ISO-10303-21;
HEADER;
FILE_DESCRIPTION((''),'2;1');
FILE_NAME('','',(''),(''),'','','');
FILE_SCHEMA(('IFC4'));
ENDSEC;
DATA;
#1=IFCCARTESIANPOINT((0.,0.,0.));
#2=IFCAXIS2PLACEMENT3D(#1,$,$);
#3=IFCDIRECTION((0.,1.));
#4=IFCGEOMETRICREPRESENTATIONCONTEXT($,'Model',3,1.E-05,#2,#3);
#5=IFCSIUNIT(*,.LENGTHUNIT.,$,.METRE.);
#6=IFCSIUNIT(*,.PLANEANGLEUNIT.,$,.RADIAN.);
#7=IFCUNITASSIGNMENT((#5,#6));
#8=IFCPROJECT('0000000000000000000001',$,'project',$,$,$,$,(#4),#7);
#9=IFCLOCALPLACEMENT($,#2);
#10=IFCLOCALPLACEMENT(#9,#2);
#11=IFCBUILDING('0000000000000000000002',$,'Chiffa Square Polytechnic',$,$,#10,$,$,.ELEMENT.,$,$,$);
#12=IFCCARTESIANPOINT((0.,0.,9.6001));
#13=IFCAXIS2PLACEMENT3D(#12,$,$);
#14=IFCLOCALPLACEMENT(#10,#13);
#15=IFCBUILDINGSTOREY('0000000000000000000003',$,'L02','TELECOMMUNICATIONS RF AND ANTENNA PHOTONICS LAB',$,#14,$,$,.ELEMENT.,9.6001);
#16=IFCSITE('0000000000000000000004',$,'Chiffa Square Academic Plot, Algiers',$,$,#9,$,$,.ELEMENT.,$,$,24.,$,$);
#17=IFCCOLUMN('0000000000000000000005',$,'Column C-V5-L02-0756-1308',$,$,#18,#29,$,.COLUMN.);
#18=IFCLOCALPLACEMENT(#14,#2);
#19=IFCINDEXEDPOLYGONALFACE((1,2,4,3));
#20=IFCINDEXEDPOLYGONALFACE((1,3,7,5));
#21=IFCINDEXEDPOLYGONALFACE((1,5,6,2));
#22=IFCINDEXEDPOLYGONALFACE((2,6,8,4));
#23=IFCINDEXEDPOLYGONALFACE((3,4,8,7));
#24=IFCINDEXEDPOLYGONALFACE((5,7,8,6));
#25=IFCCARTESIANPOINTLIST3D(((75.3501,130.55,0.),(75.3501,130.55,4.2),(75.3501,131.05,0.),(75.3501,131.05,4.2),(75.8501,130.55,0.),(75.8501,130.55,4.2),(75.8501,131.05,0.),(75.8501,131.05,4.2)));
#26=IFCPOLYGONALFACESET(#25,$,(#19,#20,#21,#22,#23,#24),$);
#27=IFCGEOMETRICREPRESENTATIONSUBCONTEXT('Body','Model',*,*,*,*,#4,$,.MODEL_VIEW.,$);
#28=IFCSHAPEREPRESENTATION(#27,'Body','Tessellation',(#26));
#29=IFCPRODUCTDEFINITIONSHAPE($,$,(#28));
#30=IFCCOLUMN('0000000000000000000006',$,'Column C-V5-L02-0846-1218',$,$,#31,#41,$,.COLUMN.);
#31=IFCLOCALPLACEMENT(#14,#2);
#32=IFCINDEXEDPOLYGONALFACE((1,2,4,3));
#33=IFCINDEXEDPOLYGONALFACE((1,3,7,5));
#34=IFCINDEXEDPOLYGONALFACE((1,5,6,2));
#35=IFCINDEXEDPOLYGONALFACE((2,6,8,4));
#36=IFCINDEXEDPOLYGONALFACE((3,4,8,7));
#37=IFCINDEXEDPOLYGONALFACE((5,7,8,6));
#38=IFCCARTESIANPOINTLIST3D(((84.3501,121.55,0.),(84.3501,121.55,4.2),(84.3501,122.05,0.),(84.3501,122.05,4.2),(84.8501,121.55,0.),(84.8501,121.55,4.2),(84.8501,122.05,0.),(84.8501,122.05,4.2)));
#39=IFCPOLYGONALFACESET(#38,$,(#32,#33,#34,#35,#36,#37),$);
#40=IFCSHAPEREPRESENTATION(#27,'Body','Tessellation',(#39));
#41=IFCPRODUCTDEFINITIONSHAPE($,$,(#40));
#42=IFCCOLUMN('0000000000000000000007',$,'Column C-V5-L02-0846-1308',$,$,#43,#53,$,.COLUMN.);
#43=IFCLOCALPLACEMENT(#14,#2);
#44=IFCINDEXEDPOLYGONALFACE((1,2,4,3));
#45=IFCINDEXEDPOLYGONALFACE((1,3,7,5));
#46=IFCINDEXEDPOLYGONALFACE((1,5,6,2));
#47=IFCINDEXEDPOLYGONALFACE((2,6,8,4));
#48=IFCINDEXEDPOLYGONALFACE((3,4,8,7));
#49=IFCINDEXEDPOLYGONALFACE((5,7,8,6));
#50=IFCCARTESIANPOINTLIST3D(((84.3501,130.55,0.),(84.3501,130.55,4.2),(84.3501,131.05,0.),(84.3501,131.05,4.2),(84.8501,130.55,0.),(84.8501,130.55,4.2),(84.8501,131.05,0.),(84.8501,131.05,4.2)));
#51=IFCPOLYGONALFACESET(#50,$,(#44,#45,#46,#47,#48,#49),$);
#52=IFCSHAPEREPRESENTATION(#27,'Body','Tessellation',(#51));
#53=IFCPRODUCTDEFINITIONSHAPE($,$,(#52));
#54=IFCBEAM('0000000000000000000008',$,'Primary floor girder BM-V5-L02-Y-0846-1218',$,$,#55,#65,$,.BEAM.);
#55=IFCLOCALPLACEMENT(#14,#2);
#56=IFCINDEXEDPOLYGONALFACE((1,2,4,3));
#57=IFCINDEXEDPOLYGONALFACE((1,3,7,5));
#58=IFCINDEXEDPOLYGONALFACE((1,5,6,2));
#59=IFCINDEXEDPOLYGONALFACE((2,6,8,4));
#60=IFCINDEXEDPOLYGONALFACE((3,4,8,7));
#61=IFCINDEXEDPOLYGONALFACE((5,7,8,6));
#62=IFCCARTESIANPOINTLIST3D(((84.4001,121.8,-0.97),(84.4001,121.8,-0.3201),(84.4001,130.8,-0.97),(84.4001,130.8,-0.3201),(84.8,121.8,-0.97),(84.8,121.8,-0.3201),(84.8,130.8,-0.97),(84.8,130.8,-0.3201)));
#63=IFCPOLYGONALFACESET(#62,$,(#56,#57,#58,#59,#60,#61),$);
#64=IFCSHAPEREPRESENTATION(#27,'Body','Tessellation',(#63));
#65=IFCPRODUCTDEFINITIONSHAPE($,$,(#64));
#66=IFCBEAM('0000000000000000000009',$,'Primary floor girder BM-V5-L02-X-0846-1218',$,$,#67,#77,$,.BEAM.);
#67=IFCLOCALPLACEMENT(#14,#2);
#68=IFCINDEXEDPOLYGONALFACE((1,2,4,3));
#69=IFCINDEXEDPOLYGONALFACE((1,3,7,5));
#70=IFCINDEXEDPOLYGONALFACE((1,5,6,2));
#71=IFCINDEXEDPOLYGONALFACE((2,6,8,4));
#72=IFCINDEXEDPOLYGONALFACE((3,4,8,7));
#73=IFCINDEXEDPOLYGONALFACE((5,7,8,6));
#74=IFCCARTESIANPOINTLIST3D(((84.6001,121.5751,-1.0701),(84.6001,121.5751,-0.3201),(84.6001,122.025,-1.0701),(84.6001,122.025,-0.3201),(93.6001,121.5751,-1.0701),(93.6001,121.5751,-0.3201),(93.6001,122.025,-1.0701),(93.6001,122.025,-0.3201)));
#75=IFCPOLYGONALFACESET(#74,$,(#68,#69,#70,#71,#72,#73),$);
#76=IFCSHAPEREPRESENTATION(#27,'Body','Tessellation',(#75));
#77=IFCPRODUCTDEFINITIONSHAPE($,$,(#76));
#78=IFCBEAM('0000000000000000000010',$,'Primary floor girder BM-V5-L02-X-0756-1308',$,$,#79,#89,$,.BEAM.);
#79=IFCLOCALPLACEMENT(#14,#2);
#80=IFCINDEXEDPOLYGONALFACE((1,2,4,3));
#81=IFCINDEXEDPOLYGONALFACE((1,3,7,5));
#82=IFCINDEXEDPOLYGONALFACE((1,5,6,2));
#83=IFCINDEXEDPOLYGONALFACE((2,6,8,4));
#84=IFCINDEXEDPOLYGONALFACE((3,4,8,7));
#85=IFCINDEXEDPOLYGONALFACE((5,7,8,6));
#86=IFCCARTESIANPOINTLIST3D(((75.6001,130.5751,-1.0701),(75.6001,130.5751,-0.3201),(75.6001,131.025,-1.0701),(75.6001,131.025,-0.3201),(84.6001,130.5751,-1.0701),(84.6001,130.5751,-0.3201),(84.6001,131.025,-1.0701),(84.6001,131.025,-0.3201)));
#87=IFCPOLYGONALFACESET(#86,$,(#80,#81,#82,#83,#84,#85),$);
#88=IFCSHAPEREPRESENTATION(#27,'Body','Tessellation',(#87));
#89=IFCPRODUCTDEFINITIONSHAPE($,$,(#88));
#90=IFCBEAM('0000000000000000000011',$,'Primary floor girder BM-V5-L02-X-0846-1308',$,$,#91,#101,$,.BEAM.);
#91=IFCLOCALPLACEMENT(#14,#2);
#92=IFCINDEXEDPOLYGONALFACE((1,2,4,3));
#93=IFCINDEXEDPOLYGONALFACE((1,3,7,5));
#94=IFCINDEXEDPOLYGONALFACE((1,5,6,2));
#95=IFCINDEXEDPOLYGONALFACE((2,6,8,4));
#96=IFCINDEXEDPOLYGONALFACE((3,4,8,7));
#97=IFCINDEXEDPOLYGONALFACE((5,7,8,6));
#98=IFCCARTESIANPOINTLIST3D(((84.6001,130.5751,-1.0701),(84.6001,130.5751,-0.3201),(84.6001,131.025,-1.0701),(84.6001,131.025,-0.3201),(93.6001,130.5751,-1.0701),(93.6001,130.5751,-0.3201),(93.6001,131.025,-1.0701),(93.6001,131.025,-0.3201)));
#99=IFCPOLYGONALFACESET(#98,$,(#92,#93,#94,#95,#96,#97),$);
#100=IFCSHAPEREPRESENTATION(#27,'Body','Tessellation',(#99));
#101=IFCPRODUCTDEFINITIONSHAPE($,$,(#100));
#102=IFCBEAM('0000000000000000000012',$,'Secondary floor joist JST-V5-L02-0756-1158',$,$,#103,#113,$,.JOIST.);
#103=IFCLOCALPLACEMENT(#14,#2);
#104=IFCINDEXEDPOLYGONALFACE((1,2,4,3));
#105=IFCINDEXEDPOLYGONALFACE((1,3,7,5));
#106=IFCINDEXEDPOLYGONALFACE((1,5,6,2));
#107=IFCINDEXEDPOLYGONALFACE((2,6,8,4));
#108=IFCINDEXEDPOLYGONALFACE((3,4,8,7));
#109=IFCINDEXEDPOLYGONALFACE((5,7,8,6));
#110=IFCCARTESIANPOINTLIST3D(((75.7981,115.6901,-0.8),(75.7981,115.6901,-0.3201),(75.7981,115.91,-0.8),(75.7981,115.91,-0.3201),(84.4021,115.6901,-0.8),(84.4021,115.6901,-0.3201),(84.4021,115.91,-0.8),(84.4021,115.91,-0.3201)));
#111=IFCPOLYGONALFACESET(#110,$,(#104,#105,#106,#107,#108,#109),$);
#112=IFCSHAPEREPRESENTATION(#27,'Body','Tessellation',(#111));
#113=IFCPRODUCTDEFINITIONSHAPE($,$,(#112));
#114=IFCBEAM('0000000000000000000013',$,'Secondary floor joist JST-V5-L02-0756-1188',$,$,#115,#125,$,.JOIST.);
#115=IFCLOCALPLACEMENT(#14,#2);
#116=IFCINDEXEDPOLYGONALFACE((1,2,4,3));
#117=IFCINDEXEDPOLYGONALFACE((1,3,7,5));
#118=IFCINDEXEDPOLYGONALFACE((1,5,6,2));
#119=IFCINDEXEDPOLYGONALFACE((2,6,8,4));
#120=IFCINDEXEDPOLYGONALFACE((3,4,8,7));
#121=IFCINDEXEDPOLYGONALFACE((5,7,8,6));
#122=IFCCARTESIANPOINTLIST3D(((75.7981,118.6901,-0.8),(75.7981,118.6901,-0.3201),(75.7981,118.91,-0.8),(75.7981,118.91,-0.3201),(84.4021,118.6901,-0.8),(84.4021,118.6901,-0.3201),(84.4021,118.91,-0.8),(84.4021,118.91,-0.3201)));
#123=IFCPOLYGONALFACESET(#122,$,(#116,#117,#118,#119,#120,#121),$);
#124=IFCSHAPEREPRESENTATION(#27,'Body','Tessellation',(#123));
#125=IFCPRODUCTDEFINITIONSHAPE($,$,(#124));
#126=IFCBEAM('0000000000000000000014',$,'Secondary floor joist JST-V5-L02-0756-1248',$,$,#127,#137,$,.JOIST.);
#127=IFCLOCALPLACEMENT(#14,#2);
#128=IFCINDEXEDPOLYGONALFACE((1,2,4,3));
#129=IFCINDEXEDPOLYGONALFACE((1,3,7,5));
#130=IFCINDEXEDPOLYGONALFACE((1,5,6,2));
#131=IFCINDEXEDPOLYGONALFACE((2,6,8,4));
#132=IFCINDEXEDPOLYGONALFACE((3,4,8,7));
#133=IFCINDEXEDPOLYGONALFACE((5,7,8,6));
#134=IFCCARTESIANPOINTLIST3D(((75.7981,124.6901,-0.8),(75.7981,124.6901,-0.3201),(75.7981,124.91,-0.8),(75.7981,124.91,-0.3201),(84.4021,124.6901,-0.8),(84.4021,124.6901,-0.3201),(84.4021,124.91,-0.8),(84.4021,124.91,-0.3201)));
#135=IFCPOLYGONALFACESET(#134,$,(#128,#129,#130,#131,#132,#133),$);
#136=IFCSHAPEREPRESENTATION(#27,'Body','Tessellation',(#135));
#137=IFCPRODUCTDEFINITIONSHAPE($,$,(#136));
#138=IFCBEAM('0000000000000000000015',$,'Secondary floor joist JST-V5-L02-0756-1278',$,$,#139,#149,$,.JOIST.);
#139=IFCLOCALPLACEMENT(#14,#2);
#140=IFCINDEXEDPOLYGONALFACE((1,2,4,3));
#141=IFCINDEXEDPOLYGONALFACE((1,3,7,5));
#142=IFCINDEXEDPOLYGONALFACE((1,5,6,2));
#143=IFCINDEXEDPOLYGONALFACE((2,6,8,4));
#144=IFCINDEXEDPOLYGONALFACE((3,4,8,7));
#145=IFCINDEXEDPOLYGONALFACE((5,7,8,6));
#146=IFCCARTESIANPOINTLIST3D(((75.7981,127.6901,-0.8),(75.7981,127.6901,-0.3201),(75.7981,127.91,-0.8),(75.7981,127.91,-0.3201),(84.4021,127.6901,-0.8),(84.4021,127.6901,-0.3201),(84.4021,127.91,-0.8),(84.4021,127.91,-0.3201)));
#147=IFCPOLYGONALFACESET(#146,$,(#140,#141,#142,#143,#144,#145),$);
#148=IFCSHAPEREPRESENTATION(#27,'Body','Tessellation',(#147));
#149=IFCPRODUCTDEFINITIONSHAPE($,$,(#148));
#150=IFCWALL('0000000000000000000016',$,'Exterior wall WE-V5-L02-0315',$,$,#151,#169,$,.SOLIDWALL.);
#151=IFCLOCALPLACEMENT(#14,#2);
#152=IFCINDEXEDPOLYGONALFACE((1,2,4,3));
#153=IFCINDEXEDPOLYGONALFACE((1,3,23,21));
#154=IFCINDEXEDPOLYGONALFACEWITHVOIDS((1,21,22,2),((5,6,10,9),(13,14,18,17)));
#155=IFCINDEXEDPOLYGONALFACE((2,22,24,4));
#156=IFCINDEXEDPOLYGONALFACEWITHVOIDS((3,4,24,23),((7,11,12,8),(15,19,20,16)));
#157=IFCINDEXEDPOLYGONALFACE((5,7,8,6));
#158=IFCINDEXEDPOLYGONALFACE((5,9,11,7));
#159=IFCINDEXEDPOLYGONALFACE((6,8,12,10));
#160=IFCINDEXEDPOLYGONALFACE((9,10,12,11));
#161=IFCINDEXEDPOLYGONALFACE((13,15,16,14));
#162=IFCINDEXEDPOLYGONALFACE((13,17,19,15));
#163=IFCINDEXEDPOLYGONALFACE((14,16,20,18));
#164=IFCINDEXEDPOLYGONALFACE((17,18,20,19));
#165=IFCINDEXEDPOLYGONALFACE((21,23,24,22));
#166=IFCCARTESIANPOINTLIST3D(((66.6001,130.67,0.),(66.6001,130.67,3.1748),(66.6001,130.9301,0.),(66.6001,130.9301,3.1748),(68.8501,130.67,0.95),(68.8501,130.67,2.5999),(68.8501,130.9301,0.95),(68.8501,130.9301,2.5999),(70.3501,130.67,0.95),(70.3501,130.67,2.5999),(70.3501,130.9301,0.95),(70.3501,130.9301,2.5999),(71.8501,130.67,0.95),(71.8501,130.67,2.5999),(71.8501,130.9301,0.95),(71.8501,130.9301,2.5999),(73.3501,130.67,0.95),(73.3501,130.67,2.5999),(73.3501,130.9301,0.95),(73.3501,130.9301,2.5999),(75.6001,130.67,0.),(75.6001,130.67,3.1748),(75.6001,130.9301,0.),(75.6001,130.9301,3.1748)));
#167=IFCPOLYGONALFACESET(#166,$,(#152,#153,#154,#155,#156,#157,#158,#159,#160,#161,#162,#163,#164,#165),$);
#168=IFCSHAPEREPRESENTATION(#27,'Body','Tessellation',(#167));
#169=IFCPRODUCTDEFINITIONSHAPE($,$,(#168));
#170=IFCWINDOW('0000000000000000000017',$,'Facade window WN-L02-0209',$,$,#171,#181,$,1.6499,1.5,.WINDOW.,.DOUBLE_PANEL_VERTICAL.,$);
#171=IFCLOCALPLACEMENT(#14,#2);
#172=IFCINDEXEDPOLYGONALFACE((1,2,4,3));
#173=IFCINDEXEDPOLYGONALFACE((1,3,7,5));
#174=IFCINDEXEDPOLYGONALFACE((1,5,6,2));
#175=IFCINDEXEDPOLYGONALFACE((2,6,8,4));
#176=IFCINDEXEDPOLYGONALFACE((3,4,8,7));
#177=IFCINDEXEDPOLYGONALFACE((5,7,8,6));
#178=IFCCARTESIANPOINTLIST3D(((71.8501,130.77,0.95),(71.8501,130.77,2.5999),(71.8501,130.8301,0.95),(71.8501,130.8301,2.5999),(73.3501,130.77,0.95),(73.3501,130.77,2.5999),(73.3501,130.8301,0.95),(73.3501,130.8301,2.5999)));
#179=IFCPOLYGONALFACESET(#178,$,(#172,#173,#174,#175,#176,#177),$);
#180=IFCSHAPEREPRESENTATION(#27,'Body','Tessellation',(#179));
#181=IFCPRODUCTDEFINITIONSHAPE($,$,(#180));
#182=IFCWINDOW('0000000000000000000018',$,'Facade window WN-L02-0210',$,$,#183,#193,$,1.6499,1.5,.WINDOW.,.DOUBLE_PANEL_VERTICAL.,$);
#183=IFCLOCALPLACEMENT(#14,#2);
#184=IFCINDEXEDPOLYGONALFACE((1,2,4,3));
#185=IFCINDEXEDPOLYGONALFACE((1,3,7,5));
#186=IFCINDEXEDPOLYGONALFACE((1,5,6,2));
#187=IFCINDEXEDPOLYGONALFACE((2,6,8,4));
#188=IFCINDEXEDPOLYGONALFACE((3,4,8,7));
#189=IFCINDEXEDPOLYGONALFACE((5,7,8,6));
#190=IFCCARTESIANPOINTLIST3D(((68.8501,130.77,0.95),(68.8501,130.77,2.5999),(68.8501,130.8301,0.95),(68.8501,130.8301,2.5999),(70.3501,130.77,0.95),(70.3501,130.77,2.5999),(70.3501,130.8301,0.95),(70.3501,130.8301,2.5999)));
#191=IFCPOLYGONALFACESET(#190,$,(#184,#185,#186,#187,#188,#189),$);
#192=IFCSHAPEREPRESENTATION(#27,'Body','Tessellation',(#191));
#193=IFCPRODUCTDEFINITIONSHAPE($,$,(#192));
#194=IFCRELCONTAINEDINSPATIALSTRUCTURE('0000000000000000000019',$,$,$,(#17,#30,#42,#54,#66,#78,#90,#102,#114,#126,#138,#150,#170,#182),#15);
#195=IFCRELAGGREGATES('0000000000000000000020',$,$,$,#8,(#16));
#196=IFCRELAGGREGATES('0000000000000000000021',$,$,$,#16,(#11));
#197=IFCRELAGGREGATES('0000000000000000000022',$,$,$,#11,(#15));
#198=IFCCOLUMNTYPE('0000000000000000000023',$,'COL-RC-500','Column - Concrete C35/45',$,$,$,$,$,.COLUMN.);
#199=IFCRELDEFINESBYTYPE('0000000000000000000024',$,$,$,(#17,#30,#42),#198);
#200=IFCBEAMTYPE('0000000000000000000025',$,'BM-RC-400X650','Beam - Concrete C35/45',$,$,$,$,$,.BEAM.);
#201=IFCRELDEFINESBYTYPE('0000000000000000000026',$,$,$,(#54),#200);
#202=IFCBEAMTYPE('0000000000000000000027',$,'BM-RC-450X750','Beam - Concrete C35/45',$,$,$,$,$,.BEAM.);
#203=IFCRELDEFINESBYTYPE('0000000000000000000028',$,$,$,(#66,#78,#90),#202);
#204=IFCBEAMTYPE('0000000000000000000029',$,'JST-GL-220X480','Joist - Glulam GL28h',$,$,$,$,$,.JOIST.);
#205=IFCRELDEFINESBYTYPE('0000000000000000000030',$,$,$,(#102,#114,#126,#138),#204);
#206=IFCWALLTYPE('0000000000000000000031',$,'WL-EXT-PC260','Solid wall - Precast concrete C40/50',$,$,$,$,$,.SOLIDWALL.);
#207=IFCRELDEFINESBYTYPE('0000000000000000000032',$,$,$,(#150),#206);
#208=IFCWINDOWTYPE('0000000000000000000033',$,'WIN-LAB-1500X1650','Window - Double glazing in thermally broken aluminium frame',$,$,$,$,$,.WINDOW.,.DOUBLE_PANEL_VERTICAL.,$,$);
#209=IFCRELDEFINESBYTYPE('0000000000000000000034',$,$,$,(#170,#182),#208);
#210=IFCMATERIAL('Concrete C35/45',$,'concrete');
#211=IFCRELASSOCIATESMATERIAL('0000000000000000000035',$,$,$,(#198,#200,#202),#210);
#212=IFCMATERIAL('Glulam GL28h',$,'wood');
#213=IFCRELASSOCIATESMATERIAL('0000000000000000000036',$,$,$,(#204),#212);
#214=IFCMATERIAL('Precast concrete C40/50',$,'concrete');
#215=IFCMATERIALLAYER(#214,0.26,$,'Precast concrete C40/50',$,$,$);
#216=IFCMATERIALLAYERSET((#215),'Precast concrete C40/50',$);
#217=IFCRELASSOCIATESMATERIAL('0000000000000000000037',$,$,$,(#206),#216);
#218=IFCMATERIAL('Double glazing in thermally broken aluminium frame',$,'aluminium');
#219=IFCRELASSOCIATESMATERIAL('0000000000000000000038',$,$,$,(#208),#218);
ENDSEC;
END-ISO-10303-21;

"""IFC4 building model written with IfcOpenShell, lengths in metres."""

from ifc_helpers import new_model, si_unit, direction, frame, frame_2d, origin, origin_2d, place, context, subcontext, project, spatial, rectangle, extrude, material, layer, layer_set, material_profile, profile_set, type_object, element, fill, save


model = new_model("IFC4")

# Units and contexts
model_context = context("Model", 3, precision=1e-05, world=origin(), true_north=direction((0.0, 1.0)))
body_context = subcontext(model_context, "Body", "Model", "MODEL_VIEW")
ifc_project = project(units=[si_unit("LENGTHUNIT", "METRE"), si_unit("PLANEANGLEUNIT", "RADIAN")], contexts=[model_context])

# Site, building, storey
site_placement = place(None, origin())
site = spatial("IfcSite", under=ifc_project, at=site_placement, Name="Chiffa Square Academic Plot, Algiers", CompositionType="ELEMENT", RefElevation=24.0)
building_placement = place(site_placement, origin())
building = spatial("IfcBuilding", under=site, at=building_placement, Name="Chiffa Square Polytechnic", CompositionType="ELEMENT")
storey_placement = place(building_placement, frame((0.0, 0.0, 9.6001)))
storey = spatial("IfcBuildingStorey", under=building, at=storey_placement, Name="L02", Description="TELECOMMUNICATIONS RF AND ANTENNA PHOTONICS LAB", CompositionType="ELEMENT", Elevation=9.6001)

# Columns
ifc_material_1 = material(Name="Concrete C35/45", Category="concrete")
ifc_material_profile_1 = material_profile(ifc_material_1, rectangle(XDim=0.5, YDim=0.5, at=origin_2d()), Name="RC 500x500")
ifc_profile_set_1 = profile_set([ifc_material_profile_1], Name="Concrete C35/45")
column_type = type_object("IfcColumnType", Name="COL-RC-500", Description="Column - Concrete C35/45", PredefinedType="COLUMN", material=ifc_profile_set_1)
for number, where, z_axis, x_axis, name in (
    (1, (75.6001, 130.8, 0.0), (0.0, 0.0, 1.0), (1.0, 0.0, 0.0), "Column C-V5-L02-0756-1308"),
    (2, (84.6001, 121.8, 0.0), (0.0, 0.0, 1.0), (1.0, 0.0, 0.0), "Column C-V5-L02-0846-1218"),
    (3, (84.6001, 130.8, 0.0), (0.0, 0.0, 1.0), (1.0, 0.0, 0.0), "Column C-V5-L02-0846-1308"),
):
    element("IfcColumn", number, at=place(storey_placement, frame(where, z_axis=z_axis, x_axis=x_axis)), inside=storey, type_object=column_type, Name=name, PredefinedType="COLUMN", context=body_context, shape_type="SweptSolid", body=[
        extrude(rectangle(XDim=0.5, YDim=0.5, at=origin_2d()), origin(), (0.0, 0.0, 1.0), 4.2),
    ])

# Beams
ifc_material_profile_2 = material_profile(ifc_material_1, rectangle(XDim=0.3999, YDim=0.6499, at=origin_2d()), Name="RC 400x650")
ifc_profile_set_2 = profile_set([ifc_material_profile_2], Name="Concrete C35/45")
beam_type_1 = type_object("IfcBeamType", Name="BM-RC-400X650", Description="Beam - Concrete C35/45", PredefinedType="BEAM", material=ifc_profile_set_2)
beam_placement = place(storey_placement, frame((84.6001, 121.8, -0.645), z_axis=(0.0, 1.0, 0.0), x_axis=(-1.0, 0.0, 0.0)))
element("IfcBeam", 4, at=beam_placement, inside=storey, type_object=beam_type_1, Name="Primary floor girder BM-V5-L02-Y-0846-1218", PredefinedType="BEAM", context=body_context, shape_type="SweptSolid", body=[
    extrude(rectangle(XDim=0.3999, YDim=0.6499, at=origin_2d()), origin(), (0.0, 0.0, 1.0), 9.0),
])
ifc_material_profile_3 = material_profile(ifc_material_1, rectangle(XDim=0.45, YDim=0.75, at=origin_2d()), Name="RC 450x750")
ifc_profile_set_3 = profile_set([ifc_material_profile_3], Name="Concrete C35/45")
beam_type_2 = type_object("IfcBeamType", Name="BM-RC-450X750", Description="Beam - Concrete C35/45", PredefinedType="BEAM", material=ifc_profile_set_3)
for number, where, z_axis, x_axis, name in (
    (5, (84.6001, 121.8, -0.6951), (1.0, 0.0, 0.0), (0.0, 1.0, 0.0), "Primary floor girder BM-V5-L02-X-0846-1218"),
    (6, (75.6001, 130.8, -0.6951), (1.0, 0.0, 0.0), (0.0, 1.0, 0.0), "Primary floor girder BM-V5-L02-X-0756-1308"),
    (7, (84.6001, 130.8, -0.6951), (1.0, 0.0, 0.0), (0.0, 1.0, 0.0), "Primary floor girder BM-V5-L02-X-0846-1308"),
):
    element("IfcBeam", number, at=place(storey_placement, frame(where, z_axis=z_axis, x_axis=x_axis)), inside=storey, type_object=beam_type_2, Name=name, PredefinedType="BEAM", context=body_context, shape_type="SweptSolid", body=[
        extrude(rectangle(XDim=0.45, YDim=0.75, at=origin_2d()), origin(), (0.0, 0.0, 1.0), 9.0),
    ])
ifc_material_2 = material(Name="Glulam GL28h", Category="wood")
ifc_material_profile_4 = material_profile(ifc_material_2, rectangle(XDim=0.22, YDim=0.48, at=origin_2d()), Name="GL28h 220x480")
ifc_profile_set_4 = profile_set([ifc_material_profile_4], Name="Glulam GL28h")
beam_type_3 = type_object("IfcBeamType", Name="JST-GL-220X480", Description="Joist - Glulam GL28h", PredefinedType="JOIST", material=ifc_profile_set_4)
for number, where, z_axis, x_axis, name in (
    (8, (75.7981, 115.8, -0.5601), (1.0, 0.0, 0.0), (0.0, 1.0, 0.0), "Secondary floor joist JST-V5-L02-0756-1158"),
    (9, (75.7981, 118.8, -0.5601), (1.0, 0.0, 0.0), (0.0, 1.0, 0.0), "Secondary floor joist JST-V5-L02-0756-1188"),
    (10, (75.7981, 124.8, -0.5601), (1.0, 0.0, 0.0), (0.0, 1.0, 0.0), "Secondary floor joist JST-V5-L02-0756-1248"),
    (11, (75.7981, 127.8, -0.5601), (1.0, 0.0, 0.0), (0.0, 1.0, 0.0), "Secondary floor joist JST-V5-L02-0756-1278"),
):
    element("IfcBeam", number, at=place(storey_placement, frame(where, z_axis=z_axis, x_axis=x_axis)), inside=storey, type_object=beam_type_3, Name=name, PredefinedType="JOIST", context=body_context, shape_type="SweptSolid", body=[
        extrude(rectangle(XDim=0.22, YDim=0.48, at=origin_2d()), origin(), (0.0, 0.0, 1.0), 8.604),
    ])

# Wall, openings, windows
ifc_material_3 = material(Name="Precast concrete C40/50", Category="concrete")
ifc_layer_1 = layer(ifc_material_3, 0.26, Name="Precast concrete C40/50")
ifc_layer_set_1 = layer_set([ifc_layer_1], Name="Precast concrete C40/50")
wall_type_1 = type_object("IfcWallType", Name="WL-EXT-PC260", Description="Solid wall - Precast concrete C40/50", PredefinedType="SOLIDWALL", material=ifc_layer_set_1)
wall_1_placement = place(storey_placement, frame((75.6001, 130.8, 0.0), z_axis=(0.0, 0.0, 1.0), x_axis=(-1.0, 0.0, 0.0)))
wall_1 = element("IfcWall", 12, at=wall_1_placement, inside=storey, type_object=wall_type_1, Name="Exterior wall WE-V5-L02-0315", PredefinedType="SOLIDWALL", context=body_context, shape_type="SweptSolid", body=[
    extrude(rectangle(XDim=9.0, YDim=0.26, at=frame_2d((4.5, 0.0))), origin(), (0.0, 0.0, 1.0), 3.1748),
])
opening_1_placement = place(wall_1_placement, frame((2.25, 0.0, 0.95)))
opening_1 = element("IfcOpeningElement", 13, at=opening_1_placement, cuts=wall_1, PredefinedType="OPENING", context=body_context, shape_type="SweptSolid", body=[
    extrude(rectangle(XDim=1.5, YDim=1.6499, at=frame_2d((0.75, 0.825))), frame((0.0, 0.1401, 0.0), z_axis=(0.0, -1.0, 0.0), x_axis=(1.0, 0.0, 0.0)), (0.0, 0.0, 1.0), 0.28),
])
opening_2_placement = place(wall_1_placement, frame((5.25, 0.0, 0.95)))
opening_2 = element("IfcOpeningElement", 14, at=opening_2_placement, cuts=wall_1, PredefinedType="OPENING", context=body_context, shape_type="SweptSolid", body=[
    extrude(rectangle(XDim=1.5, YDim=1.6499, at=frame_2d((0.75, 0.825))), frame((0.0, 0.1401, 0.0), z_axis=(0.0, -1.0, 0.0), x_axis=(1.0, 0.0, 0.0)), (0.0, 0.0, 1.0), 0.28),
])
ifc_material_4 = material(Name="Double glazing in thermally broken aluminium frame", Category="aluminium")
window_type = type_object("IfcWindowType", Name="WIN-LAB-1500X1650", Description="Window - Double glazing in thermally broken aluminium frame", PartitioningType="DOUBLE_PANEL_VERTICAL", PredefinedType="WINDOW", material=ifc_material_4)
window_1_placement = place(opening_1_placement, origin())
window_1 = element("IfcWindow", 15, at=window_1_placement, inside=storey, type_object=window_type, Name="Facade window WN-L02-0209", OverallHeight=1.6499, OverallWidth=1.5, PartitioningType="DOUBLE_PANEL_VERTICAL", PredefinedType="WINDOW", context=body_context, shape_type="SweptSolid", body=[
    extrude(rectangle(XDim=1.5, YDim=1.6499, at=frame_2d((0.75, 0.825))), frame((0.0, 0.03, 0.0), z_axis=(0.0, -1.0, 0.0), x_axis=(1.0, 0.0, 0.0)), (0.0, 0.0, 1.0), 0.0601),
])
fill(opening_1, window_1)
window_2_placement = place(opening_2_placement, origin())
window_2 = element("IfcWindow", 16, at=window_2_placement, inside=storey, type_object=window_type, Name="Facade window WN-L02-0210", OverallHeight=1.6499, OverallWidth=1.5, PartitioningType="DOUBLE_PANEL_VERTICAL", PredefinedType="WINDOW", context=body_context, shape_type="SweptSolid", body=[
    extrude(rectangle(XDim=1.5, YDim=1.6499, at=frame_2d((0.75, 0.825))), frame((0.0, 0.03, 0.0), z_axis=(0.0, -1.0, 0.0), x_axis=(1.0, 0.0, 0.0)), (0.0, 0.0, 1.0), 0.0601),
])
fill(opening_2, window_2)

save(model, "model.ifc")
